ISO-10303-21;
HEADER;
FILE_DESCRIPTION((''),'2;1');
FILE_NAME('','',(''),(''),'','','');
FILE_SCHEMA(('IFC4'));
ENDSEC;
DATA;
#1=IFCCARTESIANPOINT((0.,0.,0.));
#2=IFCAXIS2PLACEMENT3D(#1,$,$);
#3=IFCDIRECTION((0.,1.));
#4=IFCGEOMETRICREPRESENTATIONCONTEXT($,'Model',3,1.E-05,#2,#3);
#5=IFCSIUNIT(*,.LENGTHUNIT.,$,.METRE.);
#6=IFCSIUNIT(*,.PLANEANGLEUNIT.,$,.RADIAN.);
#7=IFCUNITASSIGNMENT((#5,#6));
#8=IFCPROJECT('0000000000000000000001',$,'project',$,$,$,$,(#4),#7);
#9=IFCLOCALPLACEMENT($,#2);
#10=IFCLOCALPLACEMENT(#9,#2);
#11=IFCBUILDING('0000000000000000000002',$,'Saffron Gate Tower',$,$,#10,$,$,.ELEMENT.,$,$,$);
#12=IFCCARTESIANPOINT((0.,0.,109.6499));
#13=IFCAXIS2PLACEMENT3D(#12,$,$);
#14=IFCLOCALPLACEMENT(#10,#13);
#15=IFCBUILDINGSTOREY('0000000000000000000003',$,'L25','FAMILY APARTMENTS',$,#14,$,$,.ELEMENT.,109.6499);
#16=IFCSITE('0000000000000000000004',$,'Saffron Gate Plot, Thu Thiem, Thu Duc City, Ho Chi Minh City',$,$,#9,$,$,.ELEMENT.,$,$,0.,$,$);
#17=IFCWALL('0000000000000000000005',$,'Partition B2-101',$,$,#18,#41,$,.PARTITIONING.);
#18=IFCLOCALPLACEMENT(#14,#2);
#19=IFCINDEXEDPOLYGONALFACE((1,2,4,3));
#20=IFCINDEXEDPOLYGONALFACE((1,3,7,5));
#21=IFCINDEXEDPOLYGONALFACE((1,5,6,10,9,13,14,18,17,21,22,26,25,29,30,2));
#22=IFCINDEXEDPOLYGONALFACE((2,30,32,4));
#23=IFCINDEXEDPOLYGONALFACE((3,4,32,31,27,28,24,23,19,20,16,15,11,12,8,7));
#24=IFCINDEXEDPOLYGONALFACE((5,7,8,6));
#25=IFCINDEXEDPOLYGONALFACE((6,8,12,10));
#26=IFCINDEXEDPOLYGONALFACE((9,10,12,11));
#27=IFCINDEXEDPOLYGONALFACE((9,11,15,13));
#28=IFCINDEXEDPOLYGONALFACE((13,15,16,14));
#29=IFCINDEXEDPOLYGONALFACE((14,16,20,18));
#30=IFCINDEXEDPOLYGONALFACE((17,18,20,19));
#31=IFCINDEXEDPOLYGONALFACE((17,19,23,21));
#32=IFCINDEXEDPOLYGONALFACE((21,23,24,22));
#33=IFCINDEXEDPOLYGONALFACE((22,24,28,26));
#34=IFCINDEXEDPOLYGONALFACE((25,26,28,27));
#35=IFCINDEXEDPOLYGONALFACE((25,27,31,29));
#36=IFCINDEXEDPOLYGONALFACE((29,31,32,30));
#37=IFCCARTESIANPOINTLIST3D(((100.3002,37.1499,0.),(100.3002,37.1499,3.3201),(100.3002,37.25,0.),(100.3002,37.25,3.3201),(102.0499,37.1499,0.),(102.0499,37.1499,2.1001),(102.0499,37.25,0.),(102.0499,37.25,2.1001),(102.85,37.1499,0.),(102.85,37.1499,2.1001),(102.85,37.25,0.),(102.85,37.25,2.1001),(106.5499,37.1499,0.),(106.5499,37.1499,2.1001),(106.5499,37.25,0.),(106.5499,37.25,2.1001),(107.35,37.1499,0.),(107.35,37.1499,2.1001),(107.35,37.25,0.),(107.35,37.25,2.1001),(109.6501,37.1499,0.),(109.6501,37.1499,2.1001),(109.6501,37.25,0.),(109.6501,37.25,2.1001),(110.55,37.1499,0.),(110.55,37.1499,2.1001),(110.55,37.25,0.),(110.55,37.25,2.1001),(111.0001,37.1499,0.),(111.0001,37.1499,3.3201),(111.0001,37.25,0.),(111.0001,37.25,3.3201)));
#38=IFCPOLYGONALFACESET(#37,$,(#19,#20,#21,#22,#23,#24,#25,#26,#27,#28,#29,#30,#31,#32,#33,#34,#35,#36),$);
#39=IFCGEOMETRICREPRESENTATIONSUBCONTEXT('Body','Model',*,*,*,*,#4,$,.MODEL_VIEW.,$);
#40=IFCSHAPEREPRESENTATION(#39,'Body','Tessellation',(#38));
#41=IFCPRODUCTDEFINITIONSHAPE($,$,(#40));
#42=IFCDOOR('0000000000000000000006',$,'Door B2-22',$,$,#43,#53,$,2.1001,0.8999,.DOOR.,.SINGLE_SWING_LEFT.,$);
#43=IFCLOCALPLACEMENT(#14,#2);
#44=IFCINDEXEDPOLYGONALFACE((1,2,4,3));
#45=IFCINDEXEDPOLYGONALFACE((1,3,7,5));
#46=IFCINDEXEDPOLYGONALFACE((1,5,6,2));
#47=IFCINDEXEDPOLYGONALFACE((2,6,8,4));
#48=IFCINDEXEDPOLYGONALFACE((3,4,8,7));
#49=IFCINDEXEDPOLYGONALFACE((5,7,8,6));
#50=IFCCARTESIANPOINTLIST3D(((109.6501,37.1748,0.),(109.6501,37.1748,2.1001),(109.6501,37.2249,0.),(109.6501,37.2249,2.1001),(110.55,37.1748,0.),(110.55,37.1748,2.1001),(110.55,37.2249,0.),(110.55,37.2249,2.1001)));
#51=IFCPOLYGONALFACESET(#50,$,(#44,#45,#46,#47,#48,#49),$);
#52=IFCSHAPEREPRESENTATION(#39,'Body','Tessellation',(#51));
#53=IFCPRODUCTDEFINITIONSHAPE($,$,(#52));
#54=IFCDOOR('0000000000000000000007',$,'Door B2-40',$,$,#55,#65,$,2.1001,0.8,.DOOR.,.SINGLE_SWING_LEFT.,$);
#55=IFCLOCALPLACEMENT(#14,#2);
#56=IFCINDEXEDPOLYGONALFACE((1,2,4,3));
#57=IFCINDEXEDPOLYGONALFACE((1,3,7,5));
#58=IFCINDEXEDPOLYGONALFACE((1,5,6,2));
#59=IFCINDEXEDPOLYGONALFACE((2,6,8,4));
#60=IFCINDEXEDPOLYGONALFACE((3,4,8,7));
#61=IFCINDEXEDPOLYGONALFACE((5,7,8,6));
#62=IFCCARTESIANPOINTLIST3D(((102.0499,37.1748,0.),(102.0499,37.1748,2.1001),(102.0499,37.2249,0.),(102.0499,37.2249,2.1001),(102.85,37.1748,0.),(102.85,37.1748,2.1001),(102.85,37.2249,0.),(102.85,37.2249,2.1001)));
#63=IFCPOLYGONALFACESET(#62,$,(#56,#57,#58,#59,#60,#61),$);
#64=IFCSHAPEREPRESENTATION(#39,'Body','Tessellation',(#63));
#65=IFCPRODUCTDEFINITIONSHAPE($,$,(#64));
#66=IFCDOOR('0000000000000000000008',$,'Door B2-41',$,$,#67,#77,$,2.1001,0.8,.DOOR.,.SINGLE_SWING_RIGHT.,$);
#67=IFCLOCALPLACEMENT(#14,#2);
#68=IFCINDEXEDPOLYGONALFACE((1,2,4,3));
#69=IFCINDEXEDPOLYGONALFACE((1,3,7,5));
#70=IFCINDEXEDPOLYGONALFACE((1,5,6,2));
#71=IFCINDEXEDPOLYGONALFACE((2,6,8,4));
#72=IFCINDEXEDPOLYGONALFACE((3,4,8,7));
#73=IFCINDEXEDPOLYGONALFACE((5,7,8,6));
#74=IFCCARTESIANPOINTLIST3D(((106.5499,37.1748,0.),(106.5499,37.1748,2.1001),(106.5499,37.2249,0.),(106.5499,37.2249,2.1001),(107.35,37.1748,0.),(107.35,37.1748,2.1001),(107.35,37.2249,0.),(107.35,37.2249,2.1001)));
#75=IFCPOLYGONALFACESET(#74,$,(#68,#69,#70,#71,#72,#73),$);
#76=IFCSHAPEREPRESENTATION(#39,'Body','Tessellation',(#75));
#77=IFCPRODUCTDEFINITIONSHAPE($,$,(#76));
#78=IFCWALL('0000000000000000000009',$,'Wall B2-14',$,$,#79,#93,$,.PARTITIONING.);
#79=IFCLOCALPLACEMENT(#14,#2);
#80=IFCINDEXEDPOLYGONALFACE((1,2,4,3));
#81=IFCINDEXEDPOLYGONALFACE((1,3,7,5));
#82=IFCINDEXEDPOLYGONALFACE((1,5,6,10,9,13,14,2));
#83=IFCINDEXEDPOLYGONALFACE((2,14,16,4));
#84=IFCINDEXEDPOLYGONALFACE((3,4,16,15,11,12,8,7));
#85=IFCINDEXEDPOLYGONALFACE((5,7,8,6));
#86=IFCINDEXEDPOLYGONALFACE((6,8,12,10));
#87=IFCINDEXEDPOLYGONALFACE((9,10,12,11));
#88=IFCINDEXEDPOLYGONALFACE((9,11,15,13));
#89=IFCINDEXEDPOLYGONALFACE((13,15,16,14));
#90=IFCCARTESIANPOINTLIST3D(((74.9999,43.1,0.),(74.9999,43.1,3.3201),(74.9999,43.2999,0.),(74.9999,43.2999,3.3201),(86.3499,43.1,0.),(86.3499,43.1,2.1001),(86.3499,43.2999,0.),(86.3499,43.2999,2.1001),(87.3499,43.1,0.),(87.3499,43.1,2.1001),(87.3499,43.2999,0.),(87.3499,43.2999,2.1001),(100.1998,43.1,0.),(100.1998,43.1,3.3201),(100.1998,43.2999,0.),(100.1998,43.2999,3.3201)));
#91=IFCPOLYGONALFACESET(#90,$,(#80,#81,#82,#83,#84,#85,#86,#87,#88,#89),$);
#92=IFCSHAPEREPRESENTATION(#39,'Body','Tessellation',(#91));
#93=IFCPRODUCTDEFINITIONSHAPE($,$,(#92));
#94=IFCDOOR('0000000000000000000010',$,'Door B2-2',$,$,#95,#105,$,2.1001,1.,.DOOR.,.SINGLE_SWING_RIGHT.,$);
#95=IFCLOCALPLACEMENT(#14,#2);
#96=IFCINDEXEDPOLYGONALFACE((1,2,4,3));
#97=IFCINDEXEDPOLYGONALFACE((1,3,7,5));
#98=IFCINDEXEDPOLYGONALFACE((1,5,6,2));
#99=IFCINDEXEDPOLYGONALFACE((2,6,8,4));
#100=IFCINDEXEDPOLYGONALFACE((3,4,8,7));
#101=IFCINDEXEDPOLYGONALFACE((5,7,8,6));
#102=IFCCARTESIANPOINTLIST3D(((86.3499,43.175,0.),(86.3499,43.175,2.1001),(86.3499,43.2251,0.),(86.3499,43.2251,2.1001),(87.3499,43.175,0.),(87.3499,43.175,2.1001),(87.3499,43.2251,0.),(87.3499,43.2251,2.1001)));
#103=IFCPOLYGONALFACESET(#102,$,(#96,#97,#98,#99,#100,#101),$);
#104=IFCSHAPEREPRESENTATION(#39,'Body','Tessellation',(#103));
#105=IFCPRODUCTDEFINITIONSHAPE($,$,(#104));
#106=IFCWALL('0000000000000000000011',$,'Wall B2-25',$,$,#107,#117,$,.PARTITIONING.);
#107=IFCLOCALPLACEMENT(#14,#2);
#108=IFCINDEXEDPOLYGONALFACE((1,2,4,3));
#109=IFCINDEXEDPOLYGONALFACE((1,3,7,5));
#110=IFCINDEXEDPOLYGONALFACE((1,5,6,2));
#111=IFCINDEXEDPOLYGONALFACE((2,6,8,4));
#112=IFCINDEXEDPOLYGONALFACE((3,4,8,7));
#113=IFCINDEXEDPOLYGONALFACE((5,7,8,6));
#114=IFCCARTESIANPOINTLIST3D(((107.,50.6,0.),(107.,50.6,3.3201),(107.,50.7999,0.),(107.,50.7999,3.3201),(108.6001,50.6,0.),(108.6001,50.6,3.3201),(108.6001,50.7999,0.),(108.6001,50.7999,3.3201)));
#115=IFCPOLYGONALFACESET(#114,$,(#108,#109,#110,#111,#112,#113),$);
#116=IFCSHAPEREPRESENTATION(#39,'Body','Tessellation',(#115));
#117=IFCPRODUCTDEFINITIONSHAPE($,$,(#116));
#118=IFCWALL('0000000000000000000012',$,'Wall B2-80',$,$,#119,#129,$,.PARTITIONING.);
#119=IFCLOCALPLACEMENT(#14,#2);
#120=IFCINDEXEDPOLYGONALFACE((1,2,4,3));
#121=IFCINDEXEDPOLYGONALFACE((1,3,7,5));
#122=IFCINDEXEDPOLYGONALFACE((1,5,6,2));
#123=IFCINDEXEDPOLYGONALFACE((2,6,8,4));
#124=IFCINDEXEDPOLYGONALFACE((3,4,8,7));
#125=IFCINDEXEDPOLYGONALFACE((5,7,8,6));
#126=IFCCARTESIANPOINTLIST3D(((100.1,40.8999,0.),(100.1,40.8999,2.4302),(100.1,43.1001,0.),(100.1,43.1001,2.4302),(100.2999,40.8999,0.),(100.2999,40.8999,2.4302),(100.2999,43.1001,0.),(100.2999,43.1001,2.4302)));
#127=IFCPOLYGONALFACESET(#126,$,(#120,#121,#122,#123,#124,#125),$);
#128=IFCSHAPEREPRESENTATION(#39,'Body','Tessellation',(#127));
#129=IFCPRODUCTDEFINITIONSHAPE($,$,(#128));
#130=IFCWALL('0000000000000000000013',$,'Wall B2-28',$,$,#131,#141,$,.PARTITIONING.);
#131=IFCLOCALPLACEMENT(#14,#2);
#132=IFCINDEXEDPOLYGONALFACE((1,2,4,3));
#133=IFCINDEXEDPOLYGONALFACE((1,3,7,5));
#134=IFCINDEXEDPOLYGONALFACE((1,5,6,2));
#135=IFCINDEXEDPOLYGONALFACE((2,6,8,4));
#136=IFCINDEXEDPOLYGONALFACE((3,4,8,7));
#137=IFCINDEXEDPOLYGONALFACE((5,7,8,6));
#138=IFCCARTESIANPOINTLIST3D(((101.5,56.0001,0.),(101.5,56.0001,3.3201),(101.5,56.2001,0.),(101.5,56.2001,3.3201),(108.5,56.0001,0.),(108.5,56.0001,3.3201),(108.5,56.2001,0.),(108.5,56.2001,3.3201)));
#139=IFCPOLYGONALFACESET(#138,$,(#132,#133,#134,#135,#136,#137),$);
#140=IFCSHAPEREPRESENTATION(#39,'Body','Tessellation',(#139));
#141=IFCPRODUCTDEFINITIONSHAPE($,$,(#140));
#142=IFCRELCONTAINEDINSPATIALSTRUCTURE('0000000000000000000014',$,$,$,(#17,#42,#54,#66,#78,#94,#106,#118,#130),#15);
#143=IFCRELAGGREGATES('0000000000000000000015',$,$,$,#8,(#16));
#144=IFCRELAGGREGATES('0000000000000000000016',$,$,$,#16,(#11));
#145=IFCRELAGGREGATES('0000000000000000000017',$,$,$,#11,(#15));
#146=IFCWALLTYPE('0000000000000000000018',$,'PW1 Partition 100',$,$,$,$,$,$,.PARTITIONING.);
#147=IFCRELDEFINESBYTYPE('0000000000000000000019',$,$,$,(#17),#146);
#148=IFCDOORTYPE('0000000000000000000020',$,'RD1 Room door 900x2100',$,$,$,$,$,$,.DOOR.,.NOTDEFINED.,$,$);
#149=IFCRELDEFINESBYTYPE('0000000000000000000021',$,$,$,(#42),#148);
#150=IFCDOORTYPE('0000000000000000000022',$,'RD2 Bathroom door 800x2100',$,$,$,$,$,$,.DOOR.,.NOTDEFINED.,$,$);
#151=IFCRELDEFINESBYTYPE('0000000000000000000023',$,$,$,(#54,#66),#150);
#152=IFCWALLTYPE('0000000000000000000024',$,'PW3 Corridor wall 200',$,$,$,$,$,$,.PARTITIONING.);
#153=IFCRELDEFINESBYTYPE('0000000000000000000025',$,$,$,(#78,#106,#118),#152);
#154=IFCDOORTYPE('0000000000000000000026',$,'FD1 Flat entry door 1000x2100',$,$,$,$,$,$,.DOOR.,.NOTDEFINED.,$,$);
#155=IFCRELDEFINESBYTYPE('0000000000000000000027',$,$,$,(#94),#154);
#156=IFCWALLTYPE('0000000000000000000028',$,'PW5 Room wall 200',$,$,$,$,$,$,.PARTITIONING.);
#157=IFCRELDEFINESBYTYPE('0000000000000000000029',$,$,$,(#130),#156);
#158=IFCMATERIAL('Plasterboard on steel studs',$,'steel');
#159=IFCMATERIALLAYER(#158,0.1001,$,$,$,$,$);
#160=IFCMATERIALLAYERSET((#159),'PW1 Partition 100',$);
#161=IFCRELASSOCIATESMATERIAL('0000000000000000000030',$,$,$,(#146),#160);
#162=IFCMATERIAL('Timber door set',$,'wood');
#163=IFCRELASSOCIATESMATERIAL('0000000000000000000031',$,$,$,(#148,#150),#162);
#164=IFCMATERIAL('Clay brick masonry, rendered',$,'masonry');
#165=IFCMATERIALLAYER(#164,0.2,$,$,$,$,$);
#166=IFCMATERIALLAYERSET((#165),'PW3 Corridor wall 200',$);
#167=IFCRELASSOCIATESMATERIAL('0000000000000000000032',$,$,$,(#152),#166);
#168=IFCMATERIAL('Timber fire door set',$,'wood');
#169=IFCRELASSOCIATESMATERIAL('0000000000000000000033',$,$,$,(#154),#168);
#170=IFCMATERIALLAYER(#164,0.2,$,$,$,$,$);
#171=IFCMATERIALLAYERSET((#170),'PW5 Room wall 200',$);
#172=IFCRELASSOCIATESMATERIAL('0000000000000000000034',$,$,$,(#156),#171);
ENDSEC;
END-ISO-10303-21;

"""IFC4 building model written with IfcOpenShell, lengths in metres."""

from ifc_helpers import new_model, si_unit, direction, frame, frame_2d, origin, place, context, subcontext, project, spatial, rectangle, extrude, material, layer, layer_set, type_object, element, fill, save


model = new_model("IFC4")

# Units and contexts
model_context = context("Model", 3, precision=1e-05, world=origin(), true_north=direction((0.0, 1.0)))
body_context = subcontext(model_context, "Body", "Model", "MODEL_VIEW")
ifc_project = project(units=[si_unit("LENGTHUNIT", "METRE"), si_unit("PLANEANGLEUNIT", "RADIAN")], contexts=[model_context])

# Site, building, storey
site_placement = place(None, origin())
site = spatial("IfcSite", under=ifc_project, at=site_placement, Name="Saffron Gate Plot, Thu Thiem, Thu Duc City, Ho Chi Minh City", CompositionType="ELEMENT", RefElevation=0.0)
building_placement = place(site_placement, origin())
building = spatial("IfcBuilding", under=site, at=building_placement, Name="Saffron Gate Tower", CompositionType="ELEMENT")
storey_placement = place(building_placement, frame((0.0, 0.0, 109.6499)))
storey = spatial("IfcBuildingStorey", under=building, at=storey_placement, Name="L25", Description="FAMILY APARTMENTS", CompositionType="ELEMENT", Elevation=109.6499)

# Shared definitions
ifc_material_1 = material(Name="Plasterboard on steel studs", Category="steel")
ifc_layer_1 = layer(ifc_material_1, 0.1001)
ifc_layer_set_1 = layer_set([ifc_layer_1], Name="PW1 Partition 100")
wall_type_1 = type_object("IfcWallType", Name="PW1 Partition 100", PredefinedType="PARTITIONING", material=ifc_layer_set_1)

# Wall, openings, doors
wall_1_placement = place(storey_placement, frame((100.3, 37.2, 0.0), z_axis=(0.0, 0.0, 1.0), x_axis=(1.0, 0.0, 0.0)))
wall_1 = element("IfcWall", 1, at=wall_1_placement, inside=storey, type_object=wall_type_1, Name="Partition B2-101", PredefinedType="PARTITIONING", context=body_context, shape_type="SweptSolid", body=[
    extrude(rectangle(XDim=10.7, YDim=0.1001, at=frame_2d((5.3501, 0.0))), origin(), (0.0, 0.0, 1.0), 3.3201),
])
opening_1_placement = place(wall_1_placement, frame((1.75, 0.0, 0.0)))
opening_1 = element("IfcOpeningElement", 2, at=opening_1_placement, cuts=wall_1, PredefinedType="OPENING", context=body_context, shape_type="SweptSolid", body=[
    extrude(rectangle(XDim=0.8, YDim=2.1001, at=frame_2d((0.3999, 1.05))), frame((0.0, 0.0601, 0.0), z_axis=(0.0, -1.0, 0.0), x_axis=(1.0, 0.0, 0.0)), (0.0, 0.0, 1.0), 0.1201),
])
opening_2_placement = place(wall_1_placement, frame((6.25, 0.0, 0.0)))
opening_2 = element("IfcOpeningElement", 3, at=opening_2_placement, cuts=wall_1, PredefinedType="OPENING", context=body_context, shape_type="SweptSolid", body=[
    extrude(rectangle(XDim=0.8, YDim=2.1001, at=frame_2d((0.3999, 1.05))), frame((0.0, 0.0601, 0.0), z_axis=(0.0, -1.0, 0.0), x_axis=(1.0, 0.0, 0.0)), (0.0, 0.0, 1.0), 0.1201),
])
opening_3_placement = place(wall_1_placement, frame((9.3501, 0.0, 0.0)))
opening_3 = element("IfcOpeningElement", 4, at=opening_3_placement, cuts=wall_1, PredefinedType="OPENING", context=body_context, shape_type="SweptSolid", body=[
    extrude(rectangle(XDim=0.8999, YDim=2.1001, at=frame_2d((0.45, 1.05))), frame((0.0, 0.0601, 0.0), z_axis=(0.0, -1.0, 0.0), x_axis=(1.0, 0.0, 0.0)), (0.0, 0.0, 1.0), 0.1201),
])
ifc_material_2 = material(Name="Timber door set", Category="wood")
door_type_1 = type_object("IfcDoorType", Name="RD1 Room door 900x2100", OperationType="NOTDEFINED", PredefinedType="DOOR", material=ifc_material_2)
door_1_placement = place(opening_3_placement, origin())
door_1 = element("IfcDoor", 5, at=door_1_placement, inside=storey, type_object=door_type_1, Name="Door B2-22", OperationType="SINGLE_SWING_LEFT", OverallHeight=2.1001, OverallWidth=0.8999, PredefinedType="DOOR", context=body_context, shape_type="SweptSolid", body=[
    extrude(rectangle(XDim=0.8999, YDim=2.1001, at=frame_2d((0.45, 1.05))), frame((0.0, 0.0249, 0.0), z_axis=(0.0, -1.0, 0.0), x_axis=(1.0, 0.0, 0.0)), (0.0, 0.0, 1.0), 0.05),
])
fill(opening_3, door_1)
door_type_2 = type_object("IfcDoorType", Name="RD2 Bathroom door 800x2100", OperationType="NOTDEFINED", PredefinedType="DOOR", material=ifc_material_2)
door_2_placement = place(opening_1_placement, origin())
door_2 = element("IfcDoor", 6, at=door_2_placement, inside=storey, type_object=door_type_2, Name="Door B2-40", OperationType="SINGLE_SWING_LEFT", OverallHeight=2.1001, OverallWidth=0.8, PredefinedType="DOOR", context=body_context, shape_type="SweptSolid", body=[
    extrude(rectangle(XDim=0.8, YDim=2.1001, at=frame_2d((0.3999, 1.05))), frame((0.0, 0.0249, 0.0), z_axis=(0.0, -1.0, 0.0), x_axis=(1.0, 0.0, 0.0)), (0.0, 0.0, 1.0), 0.05),
])
fill(opening_1, door_2)
door_3_placement = place(opening_2_placement, origin())
door_3 = element("IfcDoor", 7, at=door_3_placement, inside=storey, type_object=door_type_2, Name="Door B2-41", OperationType="SINGLE_SWING_RIGHT", OverallHeight=2.1001, OverallWidth=0.8, PredefinedType="DOOR", context=body_context, shape_type="SweptSolid", body=[
    extrude(rectangle(XDim=0.8, YDim=2.1001, at=frame_2d((0.3999, 1.05))), frame((0.0, 0.0249, 0.0), z_axis=(0.0, -1.0, 0.0), x_axis=(1.0, 0.0, 0.0)), (0.0, 0.0, 1.0), 0.05),
])
fill(opening_2, door_3)

# Wall, opening, door
ifc_material_3 = material(Name="Clay brick masonry, rendered", Category="masonry")
ifc_layer_2 = layer(ifc_material_3, 0.2)
ifc_layer_set_2 = layer_set([ifc_layer_2], Name="PW3 Corridor wall 200")
wall_type_2 = type_object("IfcWallType", Name="PW3 Corridor wall 200", PredefinedType="PARTITIONING", material=ifc_layer_set_2)
wall_2_placement = place(storey_placement, frame((100.2, 43.2, 0.0), z_axis=(0.0, 0.0, 1.0), x_axis=(-1.0, 0.0, 0.0)))
wall_2 = element("IfcWall", 8, at=wall_2_placement, inside=storey, type_object=wall_type_2, Name="Wall B2-14", PredefinedType="PARTITIONING", context=body_context, shape_type="SweptSolid", body=[
    extrude(rectangle(XDim=25.2, YDim=0.2, at=frame_2d((12.6001, 0.0))), origin(), (0.0, 0.0, 1.0), 3.3201),
])
opening_4_placement = place(wall_2_placement, frame((12.8501, 0.0, 0.0)))
opening_4 = element("IfcOpeningElement", 9, at=opening_4_placement, cuts=wall_2, PredefinedType="OPENING", context=body_context, shape_type="SweptSolid", body=[
    extrude(rectangle(XDim=1.0, YDim=2.1001, at=frame_2d((0.5, 1.05))), frame((0.0, 0.1099, 0.0), z_axis=(0.0, -1.0, 0.0), x_axis=(1.0, 0.0, 0.0)), (0.0, 0.0, 1.0), 0.22),
])
ifc_material_4 = material(Name="Timber fire door set", Category="wood")
door_type_3 = type_object("IfcDoorType", Name="FD1 Flat entry door 1000x2100", OperationType="NOTDEFINED", PredefinedType="DOOR", material=ifc_material_4)
door_4_placement = place(opening_4_placement, origin())
door_4 = element("IfcDoor", 10, at=door_4_placement, inside=storey, type_object=door_type_3, Name="Door B2-2", OperationType="SINGLE_SWING_RIGHT", OverallHeight=2.1001, OverallWidth=1.0, PredefinedType="DOOR", context=body_context, shape_type="SweptSolid", body=[
    extrude(rectangle(XDim=1.0, YDim=2.1001, at=frame_2d((0.5, 1.05))), frame((0.0, 0.0249, 0.0), z_axis=(0.0, -1.0, 0.0), x_axis=(1.0, 0.0, 0.0)), (0.0, 0.0, 1.0), 0.05),
])
fill(opening_4, door_4)

# Walls
wall_3_placement = place(storey_placement, frame((107.0, 50.7, 0.0), z_axis=(0.0, 0.0, 1.0), x_axis=(1.0, 0.0, 0.0)))
element("IfcWall", 11, at=wall_3_placement, inside=storey, type_object=wall_type_2, Name="Wall B2-25", PredefinedType="PARTITIONING", context=body_context, shape_type="SweptSolid", body=[
    extrude(rectangle(XDim=1.6001, YDim=0.2, at=frame_2d((0.8, 0.0))), origin(), (0.0, 0.0, 1.0), 3.3201),
])
wall_4_placement = place(storey_placement, frame((100.2, 43.1001, 0.0), z_axis=(0.0, 0.0, 1.0), x_axis=(0.0, -1.0, 0.0)))
element("IfcWall", 12, at=wall_4_placement, inside=storey, type_object=wall_type_2, Name="Wall B2-80", PredefinedType="PARTITIONING", context=body_context, shape_type="SweptSolid", body=[
    extrude(rectangle(XDim=2.2002, YDim=0.2, at=frame_2d((1.1001, 0.0))), origin(), (0.0, 0.0, 1.0), 2.4302),
])
ifc_layer_3 = layer(ifc_material_3, 0.2)
ifc_layer_set_3 = layer_set([ifc_layer_3], Name="PW5 Room wall 200")
wall_type_3 = type_object("IfcWallType", Name="PW5 Room wall 200", PredefinedType="PARTITIONING", material=ifc_layer_set_3)
wall_5_placement = place(storey_placement, frame((101.5, 56.1001, 0.0), z_axis=(0.0, 0.0, 1.0), x_axis=(1.0, 0.0, 0.0)))
element("IfcWall", 13, at=wall_5_placement, inside=storey, type_object=wall_type_3, Name="Wall B2-28", PredefinedType="PARTITIONING", context=body_context, shape_type="SweptSolid", body=[
    extrude(rectangle(XDim=7.0, YDim=0.2, at=frame_2d((3.5, 0.0))), origin(), (0.0, 0.0, 1.0), 3.3201),
])

save(model, "model.ifc")
